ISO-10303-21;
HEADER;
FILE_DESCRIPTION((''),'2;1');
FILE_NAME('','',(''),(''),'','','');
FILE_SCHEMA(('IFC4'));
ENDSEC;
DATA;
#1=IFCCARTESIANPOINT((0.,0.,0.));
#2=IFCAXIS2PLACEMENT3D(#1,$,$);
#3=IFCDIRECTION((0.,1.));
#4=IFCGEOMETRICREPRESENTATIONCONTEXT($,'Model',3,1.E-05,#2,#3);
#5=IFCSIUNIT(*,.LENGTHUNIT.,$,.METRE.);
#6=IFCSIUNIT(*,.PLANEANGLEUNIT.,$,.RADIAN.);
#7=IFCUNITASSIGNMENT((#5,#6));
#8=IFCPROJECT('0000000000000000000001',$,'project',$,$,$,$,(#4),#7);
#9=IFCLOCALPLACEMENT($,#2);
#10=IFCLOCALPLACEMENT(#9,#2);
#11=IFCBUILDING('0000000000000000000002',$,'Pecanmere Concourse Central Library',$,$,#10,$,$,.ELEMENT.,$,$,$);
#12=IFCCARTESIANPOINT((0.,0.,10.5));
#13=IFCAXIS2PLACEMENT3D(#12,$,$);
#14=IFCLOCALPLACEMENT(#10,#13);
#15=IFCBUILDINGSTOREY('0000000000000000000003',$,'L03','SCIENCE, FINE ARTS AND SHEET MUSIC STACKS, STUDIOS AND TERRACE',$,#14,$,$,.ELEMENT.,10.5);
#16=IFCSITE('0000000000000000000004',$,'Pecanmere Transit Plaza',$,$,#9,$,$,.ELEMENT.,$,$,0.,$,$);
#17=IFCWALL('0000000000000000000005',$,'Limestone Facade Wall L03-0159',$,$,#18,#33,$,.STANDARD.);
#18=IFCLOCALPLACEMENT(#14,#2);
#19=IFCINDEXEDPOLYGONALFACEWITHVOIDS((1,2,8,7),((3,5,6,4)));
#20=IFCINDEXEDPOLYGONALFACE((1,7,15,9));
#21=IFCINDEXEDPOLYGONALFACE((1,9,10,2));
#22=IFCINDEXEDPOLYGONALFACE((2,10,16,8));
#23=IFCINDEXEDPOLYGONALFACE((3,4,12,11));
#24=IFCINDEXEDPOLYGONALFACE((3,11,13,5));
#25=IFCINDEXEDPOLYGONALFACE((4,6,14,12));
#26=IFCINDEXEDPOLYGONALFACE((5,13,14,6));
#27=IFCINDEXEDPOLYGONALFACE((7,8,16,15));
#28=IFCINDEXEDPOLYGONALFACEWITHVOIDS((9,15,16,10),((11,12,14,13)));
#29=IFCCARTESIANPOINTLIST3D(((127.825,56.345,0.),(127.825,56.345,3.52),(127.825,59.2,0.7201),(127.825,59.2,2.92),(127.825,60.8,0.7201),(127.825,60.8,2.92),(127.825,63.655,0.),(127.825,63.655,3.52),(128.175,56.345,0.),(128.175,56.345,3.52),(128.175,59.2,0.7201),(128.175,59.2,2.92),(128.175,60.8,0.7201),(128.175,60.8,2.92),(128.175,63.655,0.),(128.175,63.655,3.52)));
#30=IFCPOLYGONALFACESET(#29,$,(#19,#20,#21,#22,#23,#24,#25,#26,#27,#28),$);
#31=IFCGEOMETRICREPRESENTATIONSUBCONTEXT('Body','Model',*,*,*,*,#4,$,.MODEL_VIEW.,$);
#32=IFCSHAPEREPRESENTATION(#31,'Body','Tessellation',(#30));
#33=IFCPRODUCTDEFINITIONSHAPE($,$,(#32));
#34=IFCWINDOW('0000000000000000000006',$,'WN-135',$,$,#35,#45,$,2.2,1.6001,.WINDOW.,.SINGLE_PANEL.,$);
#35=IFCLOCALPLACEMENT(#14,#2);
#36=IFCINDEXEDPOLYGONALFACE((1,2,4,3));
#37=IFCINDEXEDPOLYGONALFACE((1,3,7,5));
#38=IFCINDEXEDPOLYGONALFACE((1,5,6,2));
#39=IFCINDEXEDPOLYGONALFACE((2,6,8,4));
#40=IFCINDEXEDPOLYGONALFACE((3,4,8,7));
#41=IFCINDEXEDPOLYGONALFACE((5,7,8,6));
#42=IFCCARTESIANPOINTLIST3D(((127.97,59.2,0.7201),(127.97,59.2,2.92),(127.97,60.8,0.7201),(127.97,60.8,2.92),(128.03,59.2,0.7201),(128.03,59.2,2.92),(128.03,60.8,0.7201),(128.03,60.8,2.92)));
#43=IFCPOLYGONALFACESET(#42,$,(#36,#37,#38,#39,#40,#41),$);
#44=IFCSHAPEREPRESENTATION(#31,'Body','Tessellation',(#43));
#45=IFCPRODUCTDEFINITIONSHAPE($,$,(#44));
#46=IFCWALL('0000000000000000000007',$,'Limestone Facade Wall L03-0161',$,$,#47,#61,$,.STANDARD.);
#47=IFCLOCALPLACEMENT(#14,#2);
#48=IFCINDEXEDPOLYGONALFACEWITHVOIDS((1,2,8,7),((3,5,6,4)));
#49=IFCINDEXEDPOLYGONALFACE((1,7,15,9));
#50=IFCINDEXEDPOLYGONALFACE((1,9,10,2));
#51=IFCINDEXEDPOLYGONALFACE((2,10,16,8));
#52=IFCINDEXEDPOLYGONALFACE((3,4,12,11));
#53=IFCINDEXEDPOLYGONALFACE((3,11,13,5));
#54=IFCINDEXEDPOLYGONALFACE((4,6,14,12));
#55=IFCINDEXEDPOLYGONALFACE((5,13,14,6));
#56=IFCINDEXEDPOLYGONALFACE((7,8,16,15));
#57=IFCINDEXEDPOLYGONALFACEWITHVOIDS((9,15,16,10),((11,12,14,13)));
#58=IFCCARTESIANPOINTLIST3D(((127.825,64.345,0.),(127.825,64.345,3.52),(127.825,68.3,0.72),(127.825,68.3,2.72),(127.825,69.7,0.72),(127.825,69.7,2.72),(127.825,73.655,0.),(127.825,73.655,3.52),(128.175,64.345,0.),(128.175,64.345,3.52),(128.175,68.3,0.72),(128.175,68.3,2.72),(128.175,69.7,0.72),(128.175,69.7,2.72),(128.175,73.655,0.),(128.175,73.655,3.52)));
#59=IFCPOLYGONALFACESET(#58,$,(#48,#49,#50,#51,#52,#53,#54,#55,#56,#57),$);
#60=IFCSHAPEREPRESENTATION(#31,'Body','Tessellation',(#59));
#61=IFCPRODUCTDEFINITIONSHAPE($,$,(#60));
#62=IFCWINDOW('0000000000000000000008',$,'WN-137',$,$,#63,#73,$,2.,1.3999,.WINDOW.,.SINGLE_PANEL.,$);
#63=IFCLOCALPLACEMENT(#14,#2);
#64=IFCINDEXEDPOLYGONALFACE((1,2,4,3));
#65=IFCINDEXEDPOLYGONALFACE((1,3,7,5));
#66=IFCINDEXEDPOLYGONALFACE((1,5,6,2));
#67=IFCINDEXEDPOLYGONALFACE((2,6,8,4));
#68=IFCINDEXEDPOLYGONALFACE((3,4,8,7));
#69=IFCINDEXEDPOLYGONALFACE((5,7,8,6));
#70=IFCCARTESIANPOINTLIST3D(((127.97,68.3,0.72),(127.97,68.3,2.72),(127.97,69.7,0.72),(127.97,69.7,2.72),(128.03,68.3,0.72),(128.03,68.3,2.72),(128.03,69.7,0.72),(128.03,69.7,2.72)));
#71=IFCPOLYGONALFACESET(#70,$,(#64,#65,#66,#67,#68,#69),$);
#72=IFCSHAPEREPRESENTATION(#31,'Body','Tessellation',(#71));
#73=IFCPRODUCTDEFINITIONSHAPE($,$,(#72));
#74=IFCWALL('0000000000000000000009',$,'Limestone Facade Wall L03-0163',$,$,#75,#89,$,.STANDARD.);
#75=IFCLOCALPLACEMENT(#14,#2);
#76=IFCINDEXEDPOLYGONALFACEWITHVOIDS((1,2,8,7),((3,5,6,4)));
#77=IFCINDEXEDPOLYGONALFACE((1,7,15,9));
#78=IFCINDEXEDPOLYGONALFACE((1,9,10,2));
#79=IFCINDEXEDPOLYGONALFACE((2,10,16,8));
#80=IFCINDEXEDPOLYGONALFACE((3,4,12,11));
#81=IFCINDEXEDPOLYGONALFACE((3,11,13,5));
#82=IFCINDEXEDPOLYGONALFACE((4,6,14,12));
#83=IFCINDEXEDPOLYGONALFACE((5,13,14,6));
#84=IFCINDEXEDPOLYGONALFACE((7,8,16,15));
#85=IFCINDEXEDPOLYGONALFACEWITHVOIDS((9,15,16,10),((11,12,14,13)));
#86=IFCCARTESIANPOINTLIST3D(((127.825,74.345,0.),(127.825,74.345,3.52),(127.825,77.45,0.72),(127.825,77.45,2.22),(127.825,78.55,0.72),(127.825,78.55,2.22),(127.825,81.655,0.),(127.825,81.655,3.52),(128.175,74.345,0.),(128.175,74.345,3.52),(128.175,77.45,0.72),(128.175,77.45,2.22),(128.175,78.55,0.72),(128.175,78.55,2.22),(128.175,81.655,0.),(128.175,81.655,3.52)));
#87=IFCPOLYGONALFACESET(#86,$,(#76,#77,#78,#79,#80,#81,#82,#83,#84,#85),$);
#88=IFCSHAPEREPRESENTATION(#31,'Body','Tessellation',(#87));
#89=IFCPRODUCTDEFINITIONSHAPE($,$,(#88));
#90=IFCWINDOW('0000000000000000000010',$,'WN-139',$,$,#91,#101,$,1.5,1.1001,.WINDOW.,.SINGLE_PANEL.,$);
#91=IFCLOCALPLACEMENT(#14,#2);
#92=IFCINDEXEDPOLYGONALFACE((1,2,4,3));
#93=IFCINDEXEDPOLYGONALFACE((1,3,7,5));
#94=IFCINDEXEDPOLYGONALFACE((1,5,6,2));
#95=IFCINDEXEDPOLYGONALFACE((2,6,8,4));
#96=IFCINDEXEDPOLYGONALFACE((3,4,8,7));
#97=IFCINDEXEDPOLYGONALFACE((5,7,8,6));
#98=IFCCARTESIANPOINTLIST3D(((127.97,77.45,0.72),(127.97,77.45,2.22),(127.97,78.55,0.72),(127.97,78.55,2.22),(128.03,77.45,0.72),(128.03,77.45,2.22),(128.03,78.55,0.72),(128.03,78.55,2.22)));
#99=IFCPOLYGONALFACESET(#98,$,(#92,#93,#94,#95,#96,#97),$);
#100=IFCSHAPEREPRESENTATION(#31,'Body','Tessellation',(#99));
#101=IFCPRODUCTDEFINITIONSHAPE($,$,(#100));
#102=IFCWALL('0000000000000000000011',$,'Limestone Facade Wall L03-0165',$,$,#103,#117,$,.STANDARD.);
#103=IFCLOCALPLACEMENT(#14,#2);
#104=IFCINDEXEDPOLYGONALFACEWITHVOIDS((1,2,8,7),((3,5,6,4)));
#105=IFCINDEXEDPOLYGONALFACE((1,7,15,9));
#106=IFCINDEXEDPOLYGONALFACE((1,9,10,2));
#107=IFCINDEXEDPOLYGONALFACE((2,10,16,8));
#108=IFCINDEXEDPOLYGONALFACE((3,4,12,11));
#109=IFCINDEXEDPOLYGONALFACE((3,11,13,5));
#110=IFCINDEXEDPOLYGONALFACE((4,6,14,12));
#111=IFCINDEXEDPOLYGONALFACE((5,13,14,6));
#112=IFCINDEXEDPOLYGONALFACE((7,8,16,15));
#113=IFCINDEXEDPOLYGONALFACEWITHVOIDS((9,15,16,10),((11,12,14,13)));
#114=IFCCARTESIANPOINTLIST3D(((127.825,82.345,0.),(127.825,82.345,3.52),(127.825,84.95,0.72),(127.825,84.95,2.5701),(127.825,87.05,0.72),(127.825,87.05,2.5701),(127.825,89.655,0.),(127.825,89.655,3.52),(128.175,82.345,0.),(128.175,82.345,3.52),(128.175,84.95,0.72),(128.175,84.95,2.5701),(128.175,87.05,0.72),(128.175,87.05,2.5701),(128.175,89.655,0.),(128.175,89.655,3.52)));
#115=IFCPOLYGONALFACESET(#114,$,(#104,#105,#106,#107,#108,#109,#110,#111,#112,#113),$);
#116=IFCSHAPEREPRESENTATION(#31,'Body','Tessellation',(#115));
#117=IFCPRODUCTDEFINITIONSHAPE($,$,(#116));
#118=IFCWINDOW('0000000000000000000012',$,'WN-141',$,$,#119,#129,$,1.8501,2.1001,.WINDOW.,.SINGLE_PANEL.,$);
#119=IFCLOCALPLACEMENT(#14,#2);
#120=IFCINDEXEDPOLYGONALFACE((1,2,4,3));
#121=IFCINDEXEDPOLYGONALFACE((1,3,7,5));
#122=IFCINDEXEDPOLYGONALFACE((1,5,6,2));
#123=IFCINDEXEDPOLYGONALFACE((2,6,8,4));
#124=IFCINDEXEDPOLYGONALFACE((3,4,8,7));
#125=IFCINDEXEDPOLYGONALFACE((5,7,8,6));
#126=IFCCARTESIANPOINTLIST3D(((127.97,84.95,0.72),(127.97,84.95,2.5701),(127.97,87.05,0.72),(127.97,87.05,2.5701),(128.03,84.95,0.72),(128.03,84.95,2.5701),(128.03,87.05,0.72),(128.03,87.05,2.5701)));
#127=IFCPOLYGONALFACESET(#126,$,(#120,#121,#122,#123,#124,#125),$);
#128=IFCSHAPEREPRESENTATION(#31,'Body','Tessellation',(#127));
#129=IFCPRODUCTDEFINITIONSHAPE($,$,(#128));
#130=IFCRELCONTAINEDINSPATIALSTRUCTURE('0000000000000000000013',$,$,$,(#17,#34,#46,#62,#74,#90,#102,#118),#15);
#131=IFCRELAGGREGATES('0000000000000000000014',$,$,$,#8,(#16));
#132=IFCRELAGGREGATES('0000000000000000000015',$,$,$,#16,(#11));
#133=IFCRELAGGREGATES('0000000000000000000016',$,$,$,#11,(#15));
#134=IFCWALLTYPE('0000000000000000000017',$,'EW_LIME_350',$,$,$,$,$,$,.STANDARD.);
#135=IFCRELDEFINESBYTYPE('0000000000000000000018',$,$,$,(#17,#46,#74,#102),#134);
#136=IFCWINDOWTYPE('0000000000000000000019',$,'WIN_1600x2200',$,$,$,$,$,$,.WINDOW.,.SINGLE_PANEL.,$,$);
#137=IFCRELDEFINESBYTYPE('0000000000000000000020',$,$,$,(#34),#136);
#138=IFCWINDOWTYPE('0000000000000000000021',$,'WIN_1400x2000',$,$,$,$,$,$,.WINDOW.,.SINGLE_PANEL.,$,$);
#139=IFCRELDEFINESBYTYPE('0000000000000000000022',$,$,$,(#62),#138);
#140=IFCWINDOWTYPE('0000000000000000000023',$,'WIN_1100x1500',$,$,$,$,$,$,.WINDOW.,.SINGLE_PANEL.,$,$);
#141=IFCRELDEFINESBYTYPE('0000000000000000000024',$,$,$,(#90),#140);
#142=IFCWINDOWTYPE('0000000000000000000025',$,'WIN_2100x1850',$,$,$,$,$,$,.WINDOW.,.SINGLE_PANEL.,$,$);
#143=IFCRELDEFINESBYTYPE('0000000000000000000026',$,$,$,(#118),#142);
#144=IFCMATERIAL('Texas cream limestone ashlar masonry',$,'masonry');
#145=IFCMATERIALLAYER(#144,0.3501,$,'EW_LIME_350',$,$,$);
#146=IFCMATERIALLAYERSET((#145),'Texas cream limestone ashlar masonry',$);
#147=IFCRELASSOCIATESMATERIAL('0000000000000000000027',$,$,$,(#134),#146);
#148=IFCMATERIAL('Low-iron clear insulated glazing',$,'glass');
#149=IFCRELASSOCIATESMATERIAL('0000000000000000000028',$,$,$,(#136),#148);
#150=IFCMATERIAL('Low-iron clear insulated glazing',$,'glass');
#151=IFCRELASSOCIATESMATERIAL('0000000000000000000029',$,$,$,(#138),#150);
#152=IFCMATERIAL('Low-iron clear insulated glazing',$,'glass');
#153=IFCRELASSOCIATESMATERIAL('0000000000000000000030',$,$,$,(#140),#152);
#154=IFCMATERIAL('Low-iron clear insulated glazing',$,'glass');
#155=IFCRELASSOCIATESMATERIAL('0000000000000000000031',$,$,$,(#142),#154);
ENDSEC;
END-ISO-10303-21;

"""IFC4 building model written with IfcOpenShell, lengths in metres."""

from ifc_helpers import new_model, si_unit, direction, frame, frame_2d, origin, place, context, subcontext, project, spatial, rectangle, extrude, material, layer, layer_set, type_object, element, fill, save


model = new_model("IFC4")

# Units and contexts
model_context = context("Model", 3, precision=1e-05, world=origin(), true_north=direction((0.0, 1.0)))
body_context = subcontext(model_context, "Body", "Model", "MODEL_VIEW")
ifc_project = project(units=[si_unit("LENGTHUNIT", "METRE"), si_unit("PLANEANGLEUNIT", "RADIAN")], contexts=[model_context])

# Site, building, storey
site_placement = place(None, origin())
site = spatial("IfcSite", under=ifc_project, at=site_placement, Name="Pecanmere Transit Plaza", CompositionType="ELEMENT", RefElevation=0.0)
building_placement = place(site_placement, origin())
building = spatial("IfcBuilding", under=site, at=building_placement, Name="Pecanmere Concourse Central Library", CompositionType="ELEMENT")
storey_placement = place(building_placement, frame((0.0, 0.0, 10.5)))
storey = spatial("IfcBuildingStorey", under=building, at=storey_placement, Name="L03", Description="SCIENCE, FINE ARTS AND SHEET MUSIC STACKS, STUDIOS AND TERRACE", CompositionType="ELEMENT", Elevation=10.5)

# Walls, openings, windows
ifc_material_1 = material(Name="Texas cream limestone ashlar masonry", Category="masonry")
ifc_layer = layer(ifc_material_1, 0.3501, Name="EW_LIME_350")
ifc_layer_set = layer_set([ifc_layer], Name="Texas cream limestone ashlar masonry")
wall_type = type_object("IfcWallType", Name="EW_LIME_350", PredefinedType="STANDARD", material=ifc_layer_set)
wall_1_placement = place(storey_placement, frame((128.0, 56.345, 0.0), z_axis=(0.0, 0.0, 1.0), x_axis=(0.0, 1.0, 0.0)))
wall_1 = element("IfcWall", 1, at=wall_1_placement, inside=storey, type_object=wall_type, Name="Limestone Facade Wall L03-0159", PredefinedType="STANDARD", context=body_context, shape_type="SweptSolid", body=[
    extrude(rectangle(XDim=7.3101, YDim=0.3501, at=frame_2d((3.655, 0.0))), origin(), (0.0, 0.0, 1.0), 3.52),
])
opening_1_placement = place(wall_1_placement, frame((2.855, 0.0, 0.72)))
opening_1 = element("IfcOpeningElement", 2, at=opening_1_placement, cuts=wall_1, PredefinedType="OPENING", context=body_context, shape_type="SweptSolid", body=[
    extrude(rectangle(XDim=1.6001, YDim=2.2, at=frame_2d((0.8, 1.1001))), frame((0.0, 0.187, 0.0), z_axis=(0.0, -1.0, 0.0), x_axis=(1.0, 0.0, 0.0)), (0.0, 0.0, 1.0), 0.374),
])
ifc_material_2 = material(Name="Low-iron clear insulated glazing", Category="glass")
window_type_1 = type_object("IfcWindowType", Name="WIN_1600x2200", PartitioningType="SINGLE_PANEL", PredefinedType="WINDOW", material=ifc_material_2)
window_1_placement = place(opening_1_placement, origin())
window_1 = element("IfcWindow", 3, at=window_1_placement, inside=storey, type_object=window_type_1, Name="WN-135", OverallHeight=2.2, OverallWidth=1.6001, PartitioningType="SINGLE_PANEL", PredefinedType="WINDOW", context=body_context, shape_type="SweptSolid", body=[
    extrude(rectangle(XDim=1.6001, YDim=2.2, at=frame_2d((0.8, 1.1001))), frame((0.0, 0.03, 0.0), z_axis=(0.0, -1.0, 0.0), x_axis=(1.0, 0.0, 0.0)), (0.0, 0.0, 1.0), 0.0601),
])
fill(opening_1, window_1)
wall_2_placement = place(storey_placement, frame((128.0, 64.345, 0.0), z_axis=(0.0, 0.0, 1.0), x_axis=(0.0, 1.0, 0.0)))
wall_2 = element("IfcWall", 4, at=wall_2_placement, inside=storey, type_object=wall_type, Name="Limestone Facade Wall L03-0161", PredefinedType="STANDARD", context=body_context, shape_type="SweptSolid", body=[
    extrude(rectangle(XDim=9.3101, YDim=0.3501, at=frame_2d((4.655, 0.0))), origin(), (0.0, 0.0, 1.0), 3.52),
])
opening_2_placement = place(wall_2_placement, frame((3.9551, 0.0, 0.72)))
opening_2 = element("IfcOpeningElement", 5, at=opening_2_placement, cuts=wall_2, PredefinedType="OPENING", context=body_context, shape_type="SweptSolid", body=[
    extrude(rectangle(XDim=1.3999, YDim=2.0, at=frame_2d((0.7, 1.0))), frame((0.0, 0.187, 0.0), z_axis=(0.0, -1.0, 0.0), x_axis=(1.0, 0.0, 0.0)), (0.0, 0.0, 1.0), 0.374),
])
ifc_material_3 = material(Name="Low-iron clear insulated glazing", Category="glass")
window_type_2 = type_object("IfcWindowType", Name="WIN_1400x2000", PartitioningType="SINGLE_PANEL", PredefinedType="WINDOW", material=ifc_material_3)
window_2_placement = place(opening_2_placement, origin())
window_2 = element("IfcWindow", 6, at=window_2_placement, inside=storey, type_object=window_type_2, Name="WN-137", OverallHeight=2.0, OverallWidth=1.3999, PartitioningType="SINGLE_PANEL", PredefinedType="WINDOW", context=body_context, shape_type="SweptSolid", body=[
    extrude(rectangle(XDim=1.3999, YDim=2.0, at=frame_2d((0.7, 1.0))), frame((0.0, 0.03, 0.0), z_axis=(0.0, -1.0, 0.0), x_axis=(1.0, 0.0, 0.0)), (0.0, 0.0, 1.0), 0.0601),
])
fill(opening_2, window_2)
wall_3_placement = place(storey_placement, frame((128.0, 74.345, 0.0), z_axis=(0.0, 0.0, 1.0), x_axis=(0.0, 1.0, 0.0)))
wall_3 = element("IfcWall", 7, at=wall_3_placement, inside=storey, type_object=wall_type, Name="Limestone Facade Wall L03-0163", PredefinedType="STANDARD", context=body_context, shape_type="SweptSolid", body=[
    extrude(rectangle(XDim=7.3101, YDim=0.3501, at=frame_2d((3.655, 0.0))), origin(), (0.0, 0.0, 1.0), 3.52),
])
opening_3_placement = place(wall_3_placement, frame((3.105, 0.0, 0.72)))
opening_3 = element("IfcOpeningElement", 8, at=opening_3_placement, cuts=wall_3, PredefinedType="OPENING", context=body_context, shape_type="SweptSolid", body=[
    extrude(rectangle(XDim=1.1001, YDim=1.5, at=frame_2d((0.55, 0.75))), frame((0.0, 0.187, 0.0), z_axis=(0.0, -1.0, 0.0), x_axis=(1.0, 0.0, 0.0)), (0.0, 0.0, 1.0), 0.374),
])
ifc_material_4 = material(Name="Low-iron clear insulated glazing", Category="glass")
window_type_3 = type_object("IfcWindowType", Name="WIN_1100x1500", PartitioningType="SINGLE_PANEL", PredefinedType="WINDOW", material=ifc_material_4)
window_3_placement = place(opening_3_placement, origin())
window_3 = element("IfcWindow", 9, at=window_3_placement, inside=storey, type_object=window_type_3, Name="WN-139", OverallHeight=1.5, OverallWidth=1.1001, PartitioningType="SINGLE_PANEL", PredefinedType="WINDOW", context=body_context, shape_type="SweptSolid", body=[
    extrude(rectangle(XDim=1.1001, YDim=1.5, at=frame_2d((0.55, 0.75))), frame((0.0, 0.03, 0.0), z_axis=(0.0, -1.0, 0.0), x_axis=(1.0, 0.0, 0.0)), (0.0, 0.0, 1.0), 0.0601),
])
fill(opening_3, window_3)
wall_4_placement = place(storey_placement, frame((128.0, 82.345, 0.0), z_axis=(0.0, 0.0, 1.0), x_axis=(0.0, 1.0, 0.0)))
wall_4 = element("IfcWall", 10, at=wall_4_placement, inside=storey, type_object=wall_type, Name="Limestone Facade Wall L03-0165", PredefinedType="STANDARD", context=body_context, shape_type="SweptSolid", body=[
    extrude(rectangle(XDim=7.3101, YDim=0.3501, at=frame_2d((3.655, 0.0))), origin(), (0.0, 0.0, 1.0), 3.52),
])
opening_4_placement = place(wall_4_placement, frame((2.605, 0.0, 0.72)))
opening_4 = element("IfcOpeningElement", 11, at=opening_4_placement, cuts=wall_4, PredefinedType="OPENING", context=body_context, shape_type="SweptSolid", body=[
    extrude(rectangle(XDim=2.1001, YDim=1.8501, at=frame_2d((1.05, 0.925))), frame((0.0, 0.187, 0.0), z_axis=(0.0, -1.0, 0.0), x_axis=(1.0, 0.0, 0.0)), (0.0, 0.0, 1.0), 0.374),
])
ifc_material_5 = material(Name="Low-iron clear insulated glazing", Category="glass")
window_type_4 = type_object("IfcWindowType", Name="WIN_2100x1850", PartitioningType="SINGLE_PANEL", PredefinedType="WINDOW", material=ifc_material_5)
window_4_placement = place(opening_4_placement, origin())
window_4 = element("IfcWindow", 12, at=window_4_placement, inside=storey, type_object=window_type_4, Name="WN-141", OverallHeight=1.8501, OverallWidth=2.1001, PartitioningType="SINGLE_PANEL", PredefinedType="WINDOW", context=body_context, shape_type="SweptSolid", body=[
    extrude(rectangle(XDim=2.1001, YDim=1.8501, at=frame_2d((1.05, 0.925))), frame((0.0, 0.03, 0.0), z_axis=(0.0, -1.0, 0.0), x_axis=(1.0, 0.0, 0.0)), (0.0, 0.0, 1.0), 0.0601),
])
fill(opening_4, window_4)

save(model, "model.ifc")
